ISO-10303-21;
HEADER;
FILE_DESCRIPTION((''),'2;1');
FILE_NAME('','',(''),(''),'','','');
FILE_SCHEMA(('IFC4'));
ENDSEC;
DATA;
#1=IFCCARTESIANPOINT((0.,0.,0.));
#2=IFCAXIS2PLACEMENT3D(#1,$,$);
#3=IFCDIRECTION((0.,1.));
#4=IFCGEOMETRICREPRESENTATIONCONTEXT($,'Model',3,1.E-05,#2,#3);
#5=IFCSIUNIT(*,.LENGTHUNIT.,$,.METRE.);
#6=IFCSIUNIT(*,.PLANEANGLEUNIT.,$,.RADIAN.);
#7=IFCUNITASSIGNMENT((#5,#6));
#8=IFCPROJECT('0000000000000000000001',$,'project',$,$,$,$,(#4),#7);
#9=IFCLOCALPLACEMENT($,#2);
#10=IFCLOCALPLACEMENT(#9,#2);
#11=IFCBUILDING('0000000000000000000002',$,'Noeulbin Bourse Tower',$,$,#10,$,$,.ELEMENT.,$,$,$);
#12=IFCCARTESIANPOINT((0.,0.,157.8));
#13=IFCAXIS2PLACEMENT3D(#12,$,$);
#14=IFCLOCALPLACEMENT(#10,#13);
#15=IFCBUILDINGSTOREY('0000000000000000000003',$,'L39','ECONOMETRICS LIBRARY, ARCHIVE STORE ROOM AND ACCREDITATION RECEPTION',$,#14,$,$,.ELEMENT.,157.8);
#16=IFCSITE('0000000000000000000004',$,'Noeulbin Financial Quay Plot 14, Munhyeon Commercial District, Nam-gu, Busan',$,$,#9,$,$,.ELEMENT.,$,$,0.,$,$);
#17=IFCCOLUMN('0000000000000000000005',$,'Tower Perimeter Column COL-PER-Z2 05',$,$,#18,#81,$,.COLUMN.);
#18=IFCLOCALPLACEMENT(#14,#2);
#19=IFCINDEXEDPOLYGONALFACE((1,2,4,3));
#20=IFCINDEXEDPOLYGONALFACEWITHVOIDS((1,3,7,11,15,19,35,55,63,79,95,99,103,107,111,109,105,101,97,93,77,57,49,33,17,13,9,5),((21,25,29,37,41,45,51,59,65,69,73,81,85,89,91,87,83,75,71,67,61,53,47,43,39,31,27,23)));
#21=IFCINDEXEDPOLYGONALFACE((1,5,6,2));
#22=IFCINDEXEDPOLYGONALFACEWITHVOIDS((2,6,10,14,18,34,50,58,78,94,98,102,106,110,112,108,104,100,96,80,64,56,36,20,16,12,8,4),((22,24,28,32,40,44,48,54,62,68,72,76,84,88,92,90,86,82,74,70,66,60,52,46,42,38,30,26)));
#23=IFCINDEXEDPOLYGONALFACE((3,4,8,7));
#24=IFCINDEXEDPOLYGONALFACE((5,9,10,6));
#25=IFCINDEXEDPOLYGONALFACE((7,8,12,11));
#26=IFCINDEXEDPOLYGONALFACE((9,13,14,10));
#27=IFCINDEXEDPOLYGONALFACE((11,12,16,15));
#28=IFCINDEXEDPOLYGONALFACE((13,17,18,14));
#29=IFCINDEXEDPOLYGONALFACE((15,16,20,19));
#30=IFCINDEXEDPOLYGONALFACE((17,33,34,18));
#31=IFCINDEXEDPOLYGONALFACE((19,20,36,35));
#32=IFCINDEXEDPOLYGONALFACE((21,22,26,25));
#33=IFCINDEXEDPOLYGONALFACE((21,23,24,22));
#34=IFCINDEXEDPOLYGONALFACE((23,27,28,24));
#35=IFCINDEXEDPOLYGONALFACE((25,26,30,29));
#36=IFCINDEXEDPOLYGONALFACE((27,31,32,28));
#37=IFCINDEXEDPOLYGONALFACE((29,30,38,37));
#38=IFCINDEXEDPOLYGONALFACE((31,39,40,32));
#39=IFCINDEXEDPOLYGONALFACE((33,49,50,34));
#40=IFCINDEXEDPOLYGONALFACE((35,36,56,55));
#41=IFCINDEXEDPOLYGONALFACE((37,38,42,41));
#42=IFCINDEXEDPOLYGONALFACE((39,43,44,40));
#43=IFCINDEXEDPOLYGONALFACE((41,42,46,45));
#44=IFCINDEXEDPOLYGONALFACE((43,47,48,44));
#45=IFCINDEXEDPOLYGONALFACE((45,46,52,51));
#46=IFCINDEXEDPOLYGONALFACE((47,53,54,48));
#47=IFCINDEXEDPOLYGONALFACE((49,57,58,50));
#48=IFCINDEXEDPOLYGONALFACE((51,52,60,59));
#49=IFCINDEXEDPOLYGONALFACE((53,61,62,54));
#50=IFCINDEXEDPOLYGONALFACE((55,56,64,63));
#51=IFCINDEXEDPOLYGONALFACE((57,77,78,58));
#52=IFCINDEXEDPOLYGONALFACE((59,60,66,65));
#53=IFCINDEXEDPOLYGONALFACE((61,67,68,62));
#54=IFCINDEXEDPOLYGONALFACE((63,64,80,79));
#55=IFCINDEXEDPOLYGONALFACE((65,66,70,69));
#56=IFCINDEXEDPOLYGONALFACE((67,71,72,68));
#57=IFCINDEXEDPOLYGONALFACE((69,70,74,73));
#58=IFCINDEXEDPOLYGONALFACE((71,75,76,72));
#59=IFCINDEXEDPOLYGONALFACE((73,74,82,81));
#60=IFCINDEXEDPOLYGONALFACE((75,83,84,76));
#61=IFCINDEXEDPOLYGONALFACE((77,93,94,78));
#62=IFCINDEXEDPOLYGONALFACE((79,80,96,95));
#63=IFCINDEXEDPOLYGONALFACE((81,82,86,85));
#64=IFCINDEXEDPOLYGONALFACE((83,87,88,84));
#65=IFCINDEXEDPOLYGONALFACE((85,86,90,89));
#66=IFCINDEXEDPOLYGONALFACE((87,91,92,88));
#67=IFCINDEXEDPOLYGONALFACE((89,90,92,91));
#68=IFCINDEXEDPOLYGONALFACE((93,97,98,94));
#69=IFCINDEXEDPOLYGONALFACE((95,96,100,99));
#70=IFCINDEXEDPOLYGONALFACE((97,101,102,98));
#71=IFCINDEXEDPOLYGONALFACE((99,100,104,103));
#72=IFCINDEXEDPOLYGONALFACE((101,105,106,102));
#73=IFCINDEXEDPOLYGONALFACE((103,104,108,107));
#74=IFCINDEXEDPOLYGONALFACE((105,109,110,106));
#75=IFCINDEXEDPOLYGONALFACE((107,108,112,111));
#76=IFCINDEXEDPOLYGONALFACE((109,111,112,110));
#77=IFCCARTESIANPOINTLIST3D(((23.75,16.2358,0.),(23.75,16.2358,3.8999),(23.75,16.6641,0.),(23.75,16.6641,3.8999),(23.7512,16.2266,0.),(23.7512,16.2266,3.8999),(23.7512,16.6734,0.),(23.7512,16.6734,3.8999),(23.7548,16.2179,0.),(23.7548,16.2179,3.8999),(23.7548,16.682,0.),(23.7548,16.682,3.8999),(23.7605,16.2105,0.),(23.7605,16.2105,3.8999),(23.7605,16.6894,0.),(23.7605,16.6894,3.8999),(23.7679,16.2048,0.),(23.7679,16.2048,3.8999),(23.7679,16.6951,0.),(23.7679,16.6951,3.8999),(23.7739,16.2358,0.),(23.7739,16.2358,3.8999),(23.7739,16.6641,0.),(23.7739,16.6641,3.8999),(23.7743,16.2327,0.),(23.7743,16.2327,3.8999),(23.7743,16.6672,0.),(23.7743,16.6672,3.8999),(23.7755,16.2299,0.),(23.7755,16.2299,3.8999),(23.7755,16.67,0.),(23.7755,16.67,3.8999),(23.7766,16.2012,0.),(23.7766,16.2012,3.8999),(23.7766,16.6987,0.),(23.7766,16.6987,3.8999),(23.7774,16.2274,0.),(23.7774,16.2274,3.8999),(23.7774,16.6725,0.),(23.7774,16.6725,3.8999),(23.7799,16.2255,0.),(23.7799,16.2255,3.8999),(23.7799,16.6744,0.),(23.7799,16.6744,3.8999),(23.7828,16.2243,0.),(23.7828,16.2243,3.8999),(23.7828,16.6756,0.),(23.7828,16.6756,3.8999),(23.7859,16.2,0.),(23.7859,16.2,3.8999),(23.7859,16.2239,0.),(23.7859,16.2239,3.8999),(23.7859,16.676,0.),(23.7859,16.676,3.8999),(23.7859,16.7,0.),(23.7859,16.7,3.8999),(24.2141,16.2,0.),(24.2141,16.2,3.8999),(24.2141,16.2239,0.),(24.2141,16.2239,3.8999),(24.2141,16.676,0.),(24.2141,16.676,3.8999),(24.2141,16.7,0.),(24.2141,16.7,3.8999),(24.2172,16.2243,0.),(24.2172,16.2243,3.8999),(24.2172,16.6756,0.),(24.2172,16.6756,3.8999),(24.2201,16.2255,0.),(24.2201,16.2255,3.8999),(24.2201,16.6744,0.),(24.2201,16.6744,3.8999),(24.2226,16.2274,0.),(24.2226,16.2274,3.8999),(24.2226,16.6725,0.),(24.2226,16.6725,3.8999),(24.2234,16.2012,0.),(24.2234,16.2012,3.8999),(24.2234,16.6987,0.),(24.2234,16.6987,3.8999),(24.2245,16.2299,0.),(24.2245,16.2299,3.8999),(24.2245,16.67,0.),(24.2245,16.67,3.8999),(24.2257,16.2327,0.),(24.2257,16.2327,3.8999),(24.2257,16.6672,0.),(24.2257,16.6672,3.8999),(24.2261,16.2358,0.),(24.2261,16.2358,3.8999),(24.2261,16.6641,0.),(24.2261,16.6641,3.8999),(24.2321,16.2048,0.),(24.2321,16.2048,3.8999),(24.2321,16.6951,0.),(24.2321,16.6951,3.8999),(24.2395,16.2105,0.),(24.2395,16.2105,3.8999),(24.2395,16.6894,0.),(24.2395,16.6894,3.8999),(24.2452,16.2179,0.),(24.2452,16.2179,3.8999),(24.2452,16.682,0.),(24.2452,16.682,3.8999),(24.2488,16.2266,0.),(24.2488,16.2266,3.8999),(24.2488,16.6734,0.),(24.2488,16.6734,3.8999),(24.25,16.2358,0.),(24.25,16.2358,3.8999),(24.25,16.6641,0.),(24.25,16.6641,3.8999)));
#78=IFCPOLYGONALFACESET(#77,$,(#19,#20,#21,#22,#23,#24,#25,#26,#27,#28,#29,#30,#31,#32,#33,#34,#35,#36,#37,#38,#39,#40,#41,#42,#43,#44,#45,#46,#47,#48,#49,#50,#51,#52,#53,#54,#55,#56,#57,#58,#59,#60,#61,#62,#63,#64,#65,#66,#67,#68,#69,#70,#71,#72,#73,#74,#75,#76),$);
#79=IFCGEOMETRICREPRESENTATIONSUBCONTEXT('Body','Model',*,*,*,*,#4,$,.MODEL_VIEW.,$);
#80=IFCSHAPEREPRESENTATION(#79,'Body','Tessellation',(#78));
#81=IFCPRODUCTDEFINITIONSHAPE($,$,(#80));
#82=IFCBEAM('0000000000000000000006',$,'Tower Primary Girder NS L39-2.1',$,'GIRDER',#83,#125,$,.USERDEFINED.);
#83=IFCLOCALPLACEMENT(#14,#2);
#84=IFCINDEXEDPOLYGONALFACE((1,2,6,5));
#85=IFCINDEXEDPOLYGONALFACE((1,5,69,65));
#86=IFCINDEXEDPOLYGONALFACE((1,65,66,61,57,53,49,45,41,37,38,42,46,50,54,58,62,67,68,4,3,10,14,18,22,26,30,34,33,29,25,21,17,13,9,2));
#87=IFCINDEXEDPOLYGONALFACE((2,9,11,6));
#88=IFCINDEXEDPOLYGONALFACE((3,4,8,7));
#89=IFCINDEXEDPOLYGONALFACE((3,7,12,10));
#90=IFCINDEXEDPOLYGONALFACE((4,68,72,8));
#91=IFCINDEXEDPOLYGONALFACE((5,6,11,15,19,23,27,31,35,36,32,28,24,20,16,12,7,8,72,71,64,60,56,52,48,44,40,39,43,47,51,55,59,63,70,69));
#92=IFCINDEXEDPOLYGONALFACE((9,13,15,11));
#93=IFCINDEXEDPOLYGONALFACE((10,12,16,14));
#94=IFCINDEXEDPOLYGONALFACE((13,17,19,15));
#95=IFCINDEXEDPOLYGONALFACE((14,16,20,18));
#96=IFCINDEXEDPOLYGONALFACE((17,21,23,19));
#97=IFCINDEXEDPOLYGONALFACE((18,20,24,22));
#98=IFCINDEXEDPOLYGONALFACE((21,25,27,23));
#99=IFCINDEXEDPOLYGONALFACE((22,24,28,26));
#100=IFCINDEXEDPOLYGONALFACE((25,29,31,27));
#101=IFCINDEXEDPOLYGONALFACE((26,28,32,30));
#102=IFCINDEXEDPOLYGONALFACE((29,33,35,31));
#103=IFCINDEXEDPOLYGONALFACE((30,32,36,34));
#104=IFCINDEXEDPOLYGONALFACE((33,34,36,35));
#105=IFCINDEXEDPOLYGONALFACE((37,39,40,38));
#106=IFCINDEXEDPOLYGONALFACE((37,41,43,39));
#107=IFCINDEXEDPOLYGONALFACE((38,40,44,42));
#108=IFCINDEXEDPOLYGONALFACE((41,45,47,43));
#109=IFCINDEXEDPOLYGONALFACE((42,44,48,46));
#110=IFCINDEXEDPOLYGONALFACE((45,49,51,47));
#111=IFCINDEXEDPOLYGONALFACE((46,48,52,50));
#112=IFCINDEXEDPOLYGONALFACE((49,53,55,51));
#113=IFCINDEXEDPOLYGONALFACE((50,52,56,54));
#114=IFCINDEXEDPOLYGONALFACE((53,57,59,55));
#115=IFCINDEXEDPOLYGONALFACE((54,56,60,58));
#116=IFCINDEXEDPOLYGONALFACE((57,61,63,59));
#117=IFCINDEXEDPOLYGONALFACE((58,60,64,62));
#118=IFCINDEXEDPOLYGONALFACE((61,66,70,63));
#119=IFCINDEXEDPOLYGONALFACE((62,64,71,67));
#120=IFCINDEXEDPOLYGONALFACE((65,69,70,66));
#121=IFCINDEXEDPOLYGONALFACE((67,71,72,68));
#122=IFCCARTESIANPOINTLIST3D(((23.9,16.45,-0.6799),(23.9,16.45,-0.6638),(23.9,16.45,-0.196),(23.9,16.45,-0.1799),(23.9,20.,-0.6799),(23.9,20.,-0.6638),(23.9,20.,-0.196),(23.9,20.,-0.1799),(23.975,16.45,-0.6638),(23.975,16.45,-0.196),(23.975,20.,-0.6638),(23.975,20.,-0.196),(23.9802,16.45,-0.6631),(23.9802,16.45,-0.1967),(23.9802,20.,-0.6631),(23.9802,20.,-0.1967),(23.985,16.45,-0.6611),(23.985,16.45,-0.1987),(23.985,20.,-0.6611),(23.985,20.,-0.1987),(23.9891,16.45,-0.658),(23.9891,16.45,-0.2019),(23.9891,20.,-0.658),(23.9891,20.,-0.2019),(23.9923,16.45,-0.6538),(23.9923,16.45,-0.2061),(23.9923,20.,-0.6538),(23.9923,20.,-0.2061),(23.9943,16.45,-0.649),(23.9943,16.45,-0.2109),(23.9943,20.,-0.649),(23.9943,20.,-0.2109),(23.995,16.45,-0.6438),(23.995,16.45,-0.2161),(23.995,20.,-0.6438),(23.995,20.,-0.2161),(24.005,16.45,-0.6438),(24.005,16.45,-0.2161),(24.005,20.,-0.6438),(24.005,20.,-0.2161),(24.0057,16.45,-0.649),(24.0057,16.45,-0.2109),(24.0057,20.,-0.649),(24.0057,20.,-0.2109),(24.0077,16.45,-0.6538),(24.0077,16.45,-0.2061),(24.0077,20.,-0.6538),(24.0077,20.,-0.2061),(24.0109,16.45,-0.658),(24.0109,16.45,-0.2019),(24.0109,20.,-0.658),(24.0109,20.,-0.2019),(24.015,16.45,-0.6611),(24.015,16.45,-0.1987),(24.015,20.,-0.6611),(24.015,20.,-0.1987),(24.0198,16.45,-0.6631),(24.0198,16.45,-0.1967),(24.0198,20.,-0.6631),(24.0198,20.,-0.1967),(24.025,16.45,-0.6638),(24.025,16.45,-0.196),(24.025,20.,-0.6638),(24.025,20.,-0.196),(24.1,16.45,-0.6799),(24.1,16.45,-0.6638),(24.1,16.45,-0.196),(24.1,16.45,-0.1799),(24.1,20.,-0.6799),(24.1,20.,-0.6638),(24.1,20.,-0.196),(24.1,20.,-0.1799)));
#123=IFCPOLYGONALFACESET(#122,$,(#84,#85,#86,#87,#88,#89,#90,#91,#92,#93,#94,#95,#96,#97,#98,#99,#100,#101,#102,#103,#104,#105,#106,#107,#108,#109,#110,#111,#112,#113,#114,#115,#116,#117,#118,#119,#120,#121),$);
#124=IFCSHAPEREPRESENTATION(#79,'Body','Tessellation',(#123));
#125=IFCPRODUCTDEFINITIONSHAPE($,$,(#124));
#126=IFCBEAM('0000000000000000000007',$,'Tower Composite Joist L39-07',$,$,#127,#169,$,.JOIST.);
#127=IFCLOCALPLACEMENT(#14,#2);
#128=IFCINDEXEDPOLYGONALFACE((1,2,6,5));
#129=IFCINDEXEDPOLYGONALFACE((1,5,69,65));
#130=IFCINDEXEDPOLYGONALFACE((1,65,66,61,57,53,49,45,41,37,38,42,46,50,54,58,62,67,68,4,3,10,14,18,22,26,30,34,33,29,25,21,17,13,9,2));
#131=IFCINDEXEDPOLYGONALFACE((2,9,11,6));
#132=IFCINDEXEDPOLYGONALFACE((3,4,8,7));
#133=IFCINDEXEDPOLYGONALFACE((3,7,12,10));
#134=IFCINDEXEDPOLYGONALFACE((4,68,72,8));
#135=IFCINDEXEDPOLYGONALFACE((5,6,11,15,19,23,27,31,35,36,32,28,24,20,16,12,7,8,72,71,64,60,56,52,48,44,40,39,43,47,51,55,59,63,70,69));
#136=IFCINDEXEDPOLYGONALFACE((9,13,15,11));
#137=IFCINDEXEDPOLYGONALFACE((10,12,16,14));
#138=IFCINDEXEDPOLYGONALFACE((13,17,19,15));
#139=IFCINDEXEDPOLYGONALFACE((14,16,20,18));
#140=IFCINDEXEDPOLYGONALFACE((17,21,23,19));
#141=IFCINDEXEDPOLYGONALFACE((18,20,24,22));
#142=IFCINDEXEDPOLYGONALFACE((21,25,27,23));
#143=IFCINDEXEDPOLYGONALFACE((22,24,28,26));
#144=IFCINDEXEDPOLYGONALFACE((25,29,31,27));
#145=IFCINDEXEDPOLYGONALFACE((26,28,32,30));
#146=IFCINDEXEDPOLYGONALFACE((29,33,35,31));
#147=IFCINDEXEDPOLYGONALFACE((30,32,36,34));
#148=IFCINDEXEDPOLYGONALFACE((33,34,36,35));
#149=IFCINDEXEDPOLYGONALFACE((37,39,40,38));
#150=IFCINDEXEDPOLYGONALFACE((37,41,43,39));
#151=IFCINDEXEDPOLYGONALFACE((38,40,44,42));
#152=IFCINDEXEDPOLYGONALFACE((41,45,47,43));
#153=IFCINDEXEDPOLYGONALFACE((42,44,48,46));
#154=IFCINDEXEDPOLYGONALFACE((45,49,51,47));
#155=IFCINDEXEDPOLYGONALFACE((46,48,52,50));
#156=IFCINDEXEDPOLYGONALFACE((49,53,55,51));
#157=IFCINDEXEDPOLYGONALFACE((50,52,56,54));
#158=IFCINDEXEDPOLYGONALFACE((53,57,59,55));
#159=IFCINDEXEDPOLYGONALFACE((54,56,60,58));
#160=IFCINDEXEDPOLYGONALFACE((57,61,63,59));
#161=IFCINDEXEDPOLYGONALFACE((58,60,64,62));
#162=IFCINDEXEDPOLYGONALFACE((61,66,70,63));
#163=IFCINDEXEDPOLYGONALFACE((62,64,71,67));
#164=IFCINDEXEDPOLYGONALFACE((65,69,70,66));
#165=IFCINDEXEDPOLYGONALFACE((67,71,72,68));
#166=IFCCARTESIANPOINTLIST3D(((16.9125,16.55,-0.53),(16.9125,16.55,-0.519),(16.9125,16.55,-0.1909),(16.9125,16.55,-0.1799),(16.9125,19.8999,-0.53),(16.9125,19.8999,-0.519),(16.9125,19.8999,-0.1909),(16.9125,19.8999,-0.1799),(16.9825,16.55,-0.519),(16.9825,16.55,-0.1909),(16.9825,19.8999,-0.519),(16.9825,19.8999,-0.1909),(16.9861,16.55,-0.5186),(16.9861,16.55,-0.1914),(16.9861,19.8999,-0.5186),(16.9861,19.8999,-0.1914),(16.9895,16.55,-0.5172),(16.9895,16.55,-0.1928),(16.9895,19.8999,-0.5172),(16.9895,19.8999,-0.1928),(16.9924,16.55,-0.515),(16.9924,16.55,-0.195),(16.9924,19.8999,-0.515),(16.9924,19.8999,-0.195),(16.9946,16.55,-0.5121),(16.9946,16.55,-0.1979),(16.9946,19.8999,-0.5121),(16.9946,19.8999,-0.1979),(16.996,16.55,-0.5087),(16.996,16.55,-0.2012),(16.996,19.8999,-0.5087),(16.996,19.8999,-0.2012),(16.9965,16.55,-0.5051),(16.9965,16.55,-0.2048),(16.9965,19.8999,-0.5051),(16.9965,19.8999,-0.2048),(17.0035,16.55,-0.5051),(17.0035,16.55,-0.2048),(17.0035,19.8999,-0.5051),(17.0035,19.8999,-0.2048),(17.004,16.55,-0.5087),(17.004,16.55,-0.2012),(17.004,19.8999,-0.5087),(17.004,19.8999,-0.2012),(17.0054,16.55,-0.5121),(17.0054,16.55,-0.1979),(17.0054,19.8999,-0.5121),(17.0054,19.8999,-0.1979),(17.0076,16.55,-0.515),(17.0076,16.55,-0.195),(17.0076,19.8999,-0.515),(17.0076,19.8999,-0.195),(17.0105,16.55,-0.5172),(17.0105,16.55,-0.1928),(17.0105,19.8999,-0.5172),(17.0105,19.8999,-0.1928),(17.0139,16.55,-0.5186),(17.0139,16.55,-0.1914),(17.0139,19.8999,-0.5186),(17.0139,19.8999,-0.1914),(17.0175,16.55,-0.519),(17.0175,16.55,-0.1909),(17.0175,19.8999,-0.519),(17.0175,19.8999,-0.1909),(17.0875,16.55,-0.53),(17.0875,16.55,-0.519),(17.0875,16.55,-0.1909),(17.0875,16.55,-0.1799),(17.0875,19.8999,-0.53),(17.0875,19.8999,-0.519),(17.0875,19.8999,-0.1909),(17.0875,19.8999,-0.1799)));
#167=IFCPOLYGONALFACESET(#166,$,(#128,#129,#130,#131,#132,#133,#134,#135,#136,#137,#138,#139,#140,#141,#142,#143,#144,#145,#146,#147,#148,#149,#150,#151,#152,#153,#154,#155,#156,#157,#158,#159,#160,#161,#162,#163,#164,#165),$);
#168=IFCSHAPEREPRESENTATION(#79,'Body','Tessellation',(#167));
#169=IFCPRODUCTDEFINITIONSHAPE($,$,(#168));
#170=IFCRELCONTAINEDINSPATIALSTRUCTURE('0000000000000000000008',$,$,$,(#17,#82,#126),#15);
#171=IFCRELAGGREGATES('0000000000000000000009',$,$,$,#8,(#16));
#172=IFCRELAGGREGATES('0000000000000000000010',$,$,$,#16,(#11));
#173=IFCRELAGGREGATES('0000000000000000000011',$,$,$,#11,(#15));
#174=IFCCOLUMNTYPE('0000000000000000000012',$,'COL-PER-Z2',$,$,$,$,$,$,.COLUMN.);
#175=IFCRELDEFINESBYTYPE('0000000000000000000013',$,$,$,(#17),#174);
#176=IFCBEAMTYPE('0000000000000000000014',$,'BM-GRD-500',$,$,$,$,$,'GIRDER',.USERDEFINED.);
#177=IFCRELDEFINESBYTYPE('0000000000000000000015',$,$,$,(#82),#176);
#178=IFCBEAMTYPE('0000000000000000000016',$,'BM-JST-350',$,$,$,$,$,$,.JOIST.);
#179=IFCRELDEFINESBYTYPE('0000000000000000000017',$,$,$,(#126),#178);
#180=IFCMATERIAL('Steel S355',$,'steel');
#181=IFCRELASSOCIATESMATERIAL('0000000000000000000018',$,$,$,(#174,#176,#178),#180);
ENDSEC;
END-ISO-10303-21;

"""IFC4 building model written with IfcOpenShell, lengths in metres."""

from ifc_helpers import new_model, si_unit, direction, frame, origin, origin_2d, place, context, subcontext, project, spatial, hollow_rectangle, i_section, extrude, material, material_profile, profile_set, type_object, element, save


model = new_model("IFC4")

# Units and contexts
model_context = context("Model", 3, precision=1e-05, world=origin(), true_north=direction((0.0, 1.0)))
body_context = subcontext(model_context, "Body", "Model", "MODEL_VIEW")
ifc_project = project(units=[si_unit("LENGTHUNIT", "METRE"), si_unit("PLANEANGLEUNIT", "RADIAN")], contexts=[model_context])

# Site, building, storey
site_placement = place(None, origin())
site = spatial("IfcSite", under=ifc_project, at=site_placement, Name="Noeulbin Financial Quay Plot 14, Munhyeon Commercial District, Nam-gu, Busan", CompositionType="ELEMENT", RefElevation=0.0)
building_placement = place(site_placement, origin())
building = spatial("IfcBuilding", under=site, at=building_placement, Name="Noeulbin Bourse Tower", CompositionType="ELEMENT")
storey_placement = place(building_placement, frame((0.0, 0.0, 157.8)))
storey = spatial("IfcBuildingStorey", under=building, at=storey_placement, Name="L39", Description="ECONOMETRICS LIBRARY, ARCHIVE STORE ROOM AND ACCREDITATION RECEPTION", CompositionType="ELEMENT", Elevation=157.8)

# Column
ifc_material_1 = material(Name="Steel S355", Category="steel")
ifc_material_profile_1 = material_profile(ifc_material_1, hollow_rectangle(XDim=0.5, YDim=0.5, WallThickness=0.0239, InnerFilletRadius=0.012, OuterFilletRadius=0.0359, at=origin_2d()), Name="BOX-500x500x24", Category="LoadBearing")
ifc_profile_set_1 = profile_set([ifc_material_profile_1], Name="Steel S355")
column_type = type_object("IfcColumnType", Name="COL-PER-Z2", PredefinedType="COLUMN", material=ifc_profile_set_1)
column_placement = place(storey_placement, frame((24.0, 16.45, 0.0), z_axis=(0.0, 0.0, 1.0), x_axis=(1.0, 0.0, 0.0)))
element("IfcColumn", 1, at=column_placement, inside=storey, type_object=column_type, Name="Tower Perimeter Column COL-PER-Z2 05", PredefinedType="COLUMN", context=body_context, shape_type="SweptSolid", body=[
    extrude(hollow_rectangle(XDim=0.5, YDim=0.5, WallThickness=0.0239, InnerFilletRadius=0.012, OuterFilletRadius=0.0359, at=origin_2d()), origin(), (0.0, 0.0, 1.0), 3.8999),
])

# Beams
ifc_material_profile_2 = material_profile(ifc_material_1, i_section(OverallWidth=0.2, OverallDepth=0.5, WebThickness=0.01, FlangeThickness=0.0161, FilletRadius=0.02, at=origin_2d()), Name="H-500x200x10x16", Category="LoadBearing")
ifc_profile_set_2 = profile_set([ifc_material_profile_2], Name="Steel S355")
beam_type_1 = type_object("IfcBeamType", Name="BM-GRD-500", ElementType="GIRDER", PredefinedType="USERDEFINED", material=ifc_profile_set_2)
beam_1_placement = place(storey_placement, frame((24.0, 16.45, -0.4299), z_axis=(0.0, 1.0, 0.0), x_axis=(-1.0, 0.0, 0.0)))
element("IfcBeam", 2, at=beam_1_placement, inside=storey, type_object=beam_type_1, Name="Tower Primary Girder NS L39-2.1", ObjectType="GIRDER", PredefinedType="USERDEFINED", context=body_context, shape_type="SweptSolid", body=[
    extrude(i_section(OverallWidth=0.2, OverallDepth=0.5, WebThickness=0.01, FlangeThickness=0.0161, FilletRadius=0.02, at=origin_2d()), origin(), (0.0, 0.0, 1.0), 3.55),
])
ifc_material_profile_3 = material_profile(ifc_material_1, i_section(OverallWidth=0.175, OverallDepth=0.3501, WebThickness=0.0071, FlangeThickness=0.011, FilletRadius=0.0139, at=origin_2d()), Name="H-350x175x7x11", Category="LoadBearing")
ifc_profile_set_3 = profile_set([ifc_material_profile_3], Name="Steel S355")
beam_type_2 = type_object("IfcBeamType", Name="BM-JST-350", PredefinedType="JOIST", material=ifc_profile_set_3)
beam_2_placement = place(storey_placement, frame((17.0, 16.55, -0.355), z_axis=(0.0, 1.0, 0.0), x_axis=(-1.0, 0.0, 0.0)))
element("IfcBeam", 3, at=beam_2_placement, inside=storey, type_object=beam_type_2, Name="Tower Composite Joist L39-07", PredefinedType="JOIST", context=body_context, shape_type="SweptSolid", body=[
    extrude(i_section(OverallWidth=0.175, OverallDepth=0.3501, WebThickness=0.0071, FlangeThickness=0.011, FilletRadius=0.0139, at=origin_2d()), origin(), (0.0, 0.0, 1.0), 3.3499),
])

save(model, "model.ifc")
